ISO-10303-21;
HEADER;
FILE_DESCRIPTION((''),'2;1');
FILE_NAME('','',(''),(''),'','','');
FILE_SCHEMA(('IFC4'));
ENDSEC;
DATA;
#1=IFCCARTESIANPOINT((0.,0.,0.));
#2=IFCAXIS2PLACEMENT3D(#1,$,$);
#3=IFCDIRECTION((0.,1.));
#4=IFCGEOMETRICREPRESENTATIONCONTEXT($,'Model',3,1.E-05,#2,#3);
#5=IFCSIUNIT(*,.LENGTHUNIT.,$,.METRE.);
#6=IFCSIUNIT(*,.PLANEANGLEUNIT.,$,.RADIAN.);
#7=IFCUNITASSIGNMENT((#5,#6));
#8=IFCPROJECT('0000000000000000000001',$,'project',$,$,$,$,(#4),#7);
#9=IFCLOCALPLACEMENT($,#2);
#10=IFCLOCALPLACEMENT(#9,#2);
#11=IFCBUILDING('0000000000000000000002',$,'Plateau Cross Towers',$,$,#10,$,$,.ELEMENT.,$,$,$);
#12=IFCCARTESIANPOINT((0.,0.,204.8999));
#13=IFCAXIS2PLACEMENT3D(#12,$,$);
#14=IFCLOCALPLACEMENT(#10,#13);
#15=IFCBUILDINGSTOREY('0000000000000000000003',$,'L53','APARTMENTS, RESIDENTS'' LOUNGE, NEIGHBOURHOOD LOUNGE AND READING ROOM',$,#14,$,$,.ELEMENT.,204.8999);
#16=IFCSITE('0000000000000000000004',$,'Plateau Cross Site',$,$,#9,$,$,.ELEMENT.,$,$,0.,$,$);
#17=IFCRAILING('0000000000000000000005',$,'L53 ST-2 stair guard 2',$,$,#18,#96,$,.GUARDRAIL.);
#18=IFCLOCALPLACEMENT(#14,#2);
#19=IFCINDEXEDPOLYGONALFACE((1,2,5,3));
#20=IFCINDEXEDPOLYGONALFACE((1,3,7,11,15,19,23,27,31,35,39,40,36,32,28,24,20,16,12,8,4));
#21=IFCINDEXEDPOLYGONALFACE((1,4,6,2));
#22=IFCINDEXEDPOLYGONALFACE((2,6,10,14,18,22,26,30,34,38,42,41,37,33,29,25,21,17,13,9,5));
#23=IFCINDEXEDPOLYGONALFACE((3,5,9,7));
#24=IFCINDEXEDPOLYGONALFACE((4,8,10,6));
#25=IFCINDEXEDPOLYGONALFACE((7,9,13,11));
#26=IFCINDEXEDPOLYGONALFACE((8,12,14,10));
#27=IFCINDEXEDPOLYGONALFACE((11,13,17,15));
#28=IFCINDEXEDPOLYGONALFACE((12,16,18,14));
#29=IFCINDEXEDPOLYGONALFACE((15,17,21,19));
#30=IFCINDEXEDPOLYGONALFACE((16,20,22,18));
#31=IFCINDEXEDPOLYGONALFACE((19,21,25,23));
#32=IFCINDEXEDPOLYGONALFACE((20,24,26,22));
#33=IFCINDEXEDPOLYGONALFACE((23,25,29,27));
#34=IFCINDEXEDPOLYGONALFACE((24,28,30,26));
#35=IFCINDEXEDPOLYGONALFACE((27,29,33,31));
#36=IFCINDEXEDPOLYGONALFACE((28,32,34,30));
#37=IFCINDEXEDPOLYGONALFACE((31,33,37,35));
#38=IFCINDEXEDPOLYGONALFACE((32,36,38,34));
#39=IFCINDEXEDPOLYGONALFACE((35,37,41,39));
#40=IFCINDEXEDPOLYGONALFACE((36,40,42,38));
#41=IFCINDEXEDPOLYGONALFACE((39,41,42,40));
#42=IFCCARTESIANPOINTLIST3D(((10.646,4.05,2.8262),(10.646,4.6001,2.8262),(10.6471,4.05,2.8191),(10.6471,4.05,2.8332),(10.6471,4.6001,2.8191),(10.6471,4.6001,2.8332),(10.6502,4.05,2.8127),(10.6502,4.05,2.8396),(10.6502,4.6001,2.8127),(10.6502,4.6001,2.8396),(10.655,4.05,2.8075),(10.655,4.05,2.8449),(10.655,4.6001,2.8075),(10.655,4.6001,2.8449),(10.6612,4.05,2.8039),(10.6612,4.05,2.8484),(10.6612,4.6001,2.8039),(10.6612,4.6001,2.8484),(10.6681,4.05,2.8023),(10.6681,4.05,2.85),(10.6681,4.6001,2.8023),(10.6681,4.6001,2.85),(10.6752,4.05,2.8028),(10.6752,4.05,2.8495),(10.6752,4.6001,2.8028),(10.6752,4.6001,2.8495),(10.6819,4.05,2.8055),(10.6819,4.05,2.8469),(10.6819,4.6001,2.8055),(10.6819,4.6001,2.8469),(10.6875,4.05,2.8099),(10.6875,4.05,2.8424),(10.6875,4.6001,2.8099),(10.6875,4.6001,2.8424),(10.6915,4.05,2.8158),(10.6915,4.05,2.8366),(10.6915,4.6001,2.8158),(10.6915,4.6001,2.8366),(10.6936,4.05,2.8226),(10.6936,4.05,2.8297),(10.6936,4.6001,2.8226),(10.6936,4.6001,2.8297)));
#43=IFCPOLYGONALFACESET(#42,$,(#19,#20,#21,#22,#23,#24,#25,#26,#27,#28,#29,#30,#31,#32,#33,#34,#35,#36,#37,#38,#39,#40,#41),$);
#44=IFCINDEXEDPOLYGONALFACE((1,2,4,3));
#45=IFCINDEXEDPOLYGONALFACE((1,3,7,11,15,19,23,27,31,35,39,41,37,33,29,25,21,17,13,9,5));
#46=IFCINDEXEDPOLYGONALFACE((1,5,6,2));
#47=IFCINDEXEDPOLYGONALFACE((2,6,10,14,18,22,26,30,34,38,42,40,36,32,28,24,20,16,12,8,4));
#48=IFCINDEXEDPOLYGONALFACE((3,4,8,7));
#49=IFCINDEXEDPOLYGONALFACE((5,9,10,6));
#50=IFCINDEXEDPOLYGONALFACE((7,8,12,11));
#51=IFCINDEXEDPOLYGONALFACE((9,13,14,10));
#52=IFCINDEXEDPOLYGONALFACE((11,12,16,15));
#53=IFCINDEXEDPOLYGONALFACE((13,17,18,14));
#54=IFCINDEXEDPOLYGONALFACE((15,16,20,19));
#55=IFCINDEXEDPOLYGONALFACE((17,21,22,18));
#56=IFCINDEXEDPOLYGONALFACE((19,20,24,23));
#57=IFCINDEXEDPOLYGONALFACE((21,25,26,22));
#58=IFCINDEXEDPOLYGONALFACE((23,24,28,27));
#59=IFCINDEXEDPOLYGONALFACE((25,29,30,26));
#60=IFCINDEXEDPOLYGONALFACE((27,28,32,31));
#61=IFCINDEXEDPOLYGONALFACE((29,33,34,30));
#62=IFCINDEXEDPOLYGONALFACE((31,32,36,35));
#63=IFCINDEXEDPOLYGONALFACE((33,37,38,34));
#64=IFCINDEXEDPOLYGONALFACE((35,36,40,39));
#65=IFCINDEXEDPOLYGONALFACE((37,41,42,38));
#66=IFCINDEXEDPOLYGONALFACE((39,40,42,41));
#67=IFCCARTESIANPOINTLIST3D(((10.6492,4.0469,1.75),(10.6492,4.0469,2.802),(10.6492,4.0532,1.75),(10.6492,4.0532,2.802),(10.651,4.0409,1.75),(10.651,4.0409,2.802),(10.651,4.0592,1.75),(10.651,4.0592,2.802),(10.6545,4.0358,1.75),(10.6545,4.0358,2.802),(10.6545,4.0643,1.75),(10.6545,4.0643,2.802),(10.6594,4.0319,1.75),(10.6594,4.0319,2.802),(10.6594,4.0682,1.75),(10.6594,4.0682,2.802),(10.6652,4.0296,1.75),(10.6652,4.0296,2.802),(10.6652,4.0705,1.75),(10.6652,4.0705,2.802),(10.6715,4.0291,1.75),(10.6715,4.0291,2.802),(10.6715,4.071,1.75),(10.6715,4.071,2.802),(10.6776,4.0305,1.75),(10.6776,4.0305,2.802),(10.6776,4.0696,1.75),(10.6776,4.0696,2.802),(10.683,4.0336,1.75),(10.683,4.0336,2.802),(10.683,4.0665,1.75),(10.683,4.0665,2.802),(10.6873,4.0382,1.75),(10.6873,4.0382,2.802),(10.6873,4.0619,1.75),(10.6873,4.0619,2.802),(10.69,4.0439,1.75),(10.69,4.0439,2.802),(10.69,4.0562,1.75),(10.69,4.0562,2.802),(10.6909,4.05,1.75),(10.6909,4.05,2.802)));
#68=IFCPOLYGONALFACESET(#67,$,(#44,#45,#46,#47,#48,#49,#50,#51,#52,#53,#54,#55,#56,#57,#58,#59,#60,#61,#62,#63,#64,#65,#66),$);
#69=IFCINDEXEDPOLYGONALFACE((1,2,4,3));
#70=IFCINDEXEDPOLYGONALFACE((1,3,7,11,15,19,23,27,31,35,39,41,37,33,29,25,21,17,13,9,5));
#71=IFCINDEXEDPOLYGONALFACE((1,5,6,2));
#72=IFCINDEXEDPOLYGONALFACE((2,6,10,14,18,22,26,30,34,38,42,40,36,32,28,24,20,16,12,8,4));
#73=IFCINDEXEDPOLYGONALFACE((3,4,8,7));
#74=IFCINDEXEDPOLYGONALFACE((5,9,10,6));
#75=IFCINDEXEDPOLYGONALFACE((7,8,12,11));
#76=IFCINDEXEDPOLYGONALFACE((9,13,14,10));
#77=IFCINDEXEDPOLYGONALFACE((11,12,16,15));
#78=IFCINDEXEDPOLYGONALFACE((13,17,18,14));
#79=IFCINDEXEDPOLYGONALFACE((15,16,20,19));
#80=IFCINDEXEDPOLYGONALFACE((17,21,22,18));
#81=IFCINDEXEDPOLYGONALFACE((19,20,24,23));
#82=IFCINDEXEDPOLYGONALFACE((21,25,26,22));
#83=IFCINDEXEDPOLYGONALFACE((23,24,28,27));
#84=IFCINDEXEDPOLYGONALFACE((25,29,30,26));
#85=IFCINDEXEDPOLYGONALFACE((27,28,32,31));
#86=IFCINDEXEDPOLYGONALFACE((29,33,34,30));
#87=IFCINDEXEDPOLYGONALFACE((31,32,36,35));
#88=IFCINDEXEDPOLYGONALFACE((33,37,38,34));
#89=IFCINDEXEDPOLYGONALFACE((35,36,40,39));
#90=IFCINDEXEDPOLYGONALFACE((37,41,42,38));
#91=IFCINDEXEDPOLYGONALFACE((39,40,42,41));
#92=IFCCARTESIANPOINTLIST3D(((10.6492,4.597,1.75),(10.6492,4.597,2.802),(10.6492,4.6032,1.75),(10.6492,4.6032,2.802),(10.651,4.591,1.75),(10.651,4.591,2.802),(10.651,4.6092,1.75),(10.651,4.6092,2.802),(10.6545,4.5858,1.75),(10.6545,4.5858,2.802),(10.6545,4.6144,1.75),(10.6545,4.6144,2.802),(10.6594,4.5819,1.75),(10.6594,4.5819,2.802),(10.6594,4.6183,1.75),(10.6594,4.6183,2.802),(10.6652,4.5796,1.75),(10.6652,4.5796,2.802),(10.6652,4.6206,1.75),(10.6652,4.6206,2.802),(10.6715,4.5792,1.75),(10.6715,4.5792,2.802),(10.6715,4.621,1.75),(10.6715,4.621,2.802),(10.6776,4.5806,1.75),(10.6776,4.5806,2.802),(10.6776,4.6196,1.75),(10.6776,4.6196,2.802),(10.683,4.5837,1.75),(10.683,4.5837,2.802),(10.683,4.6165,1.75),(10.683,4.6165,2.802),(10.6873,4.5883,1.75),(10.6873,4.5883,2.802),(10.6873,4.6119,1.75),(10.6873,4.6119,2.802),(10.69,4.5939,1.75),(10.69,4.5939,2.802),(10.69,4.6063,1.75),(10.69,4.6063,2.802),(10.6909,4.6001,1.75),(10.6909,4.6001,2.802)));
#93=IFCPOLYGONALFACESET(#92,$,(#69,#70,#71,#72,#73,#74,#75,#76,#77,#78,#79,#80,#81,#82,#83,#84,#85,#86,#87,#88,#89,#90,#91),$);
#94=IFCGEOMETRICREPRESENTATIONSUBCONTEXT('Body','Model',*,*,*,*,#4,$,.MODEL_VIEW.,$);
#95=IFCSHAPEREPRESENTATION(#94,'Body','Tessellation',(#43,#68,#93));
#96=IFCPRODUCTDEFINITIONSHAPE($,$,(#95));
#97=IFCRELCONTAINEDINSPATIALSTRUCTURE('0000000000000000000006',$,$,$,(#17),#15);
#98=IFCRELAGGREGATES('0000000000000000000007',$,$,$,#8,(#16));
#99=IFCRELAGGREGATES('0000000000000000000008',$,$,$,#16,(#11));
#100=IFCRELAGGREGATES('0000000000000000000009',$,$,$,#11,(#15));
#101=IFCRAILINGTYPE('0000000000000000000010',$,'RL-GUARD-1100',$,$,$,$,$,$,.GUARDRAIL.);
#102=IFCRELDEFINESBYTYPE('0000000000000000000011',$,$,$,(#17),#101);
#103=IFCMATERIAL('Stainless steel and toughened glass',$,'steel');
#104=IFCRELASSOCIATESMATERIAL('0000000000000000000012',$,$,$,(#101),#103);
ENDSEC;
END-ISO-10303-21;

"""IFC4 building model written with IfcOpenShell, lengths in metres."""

from ifc_helpers import new_model, si_unit, direction, frame, origin, origin_2d, place, context, subcontext, project, spatial, circle, extrude, material, type_object, element, save


model = new_model("IFC4")

# Units and contexts
model_context = context("Model", 3, precision=1e-05, world=origin(), true_north=direction((0.0, 1.0)))
body_context = subcontext(model_context, "Body", "Model", "MODEL_VIEW")
ifc_project = project(units=[si_unit("LENGTHUNIT", "METRE"), si_unit("PLANEANGLEUNIT", "RADIAN")], contexts=[model_context])

# Site, building, storey
site_placement = place(None, origin())
site = spatial("IfcSite", under=ifc_project, at=site_placement, Name="Plateau Cross Site", CompositionType="ELEMENT", RefElevation=0.0)
building_placement = place(site_placement, origin())
building = spatial("IfcBuilding", under=site, at=building_placement, Name="Plateau Cross Towers", CompositionType="ELEMENT")
storey_placement = place(building_placement, frame((0.0, 0.0, 204.8999)))
storey = spatial("IfcBuildingStorey", under=building, at=storey_placement, Name="L53", Description="APARTMENTS, RESIDENTS' LOUNGE, NEIGHBOURHOOD LOUNGE AND READING ROOM", CompositionType="ELEMENT", Elevation=204.8999)

# Railing
ifc_material_1 = material(Name="Stainless steel and toughened glass", Category="steel")
railing_type_1 = type_object("IfcRailingType", Name="RL-GUARD-1100", PredefinedType="GUARDRAIL", material=ifc_material_1)
railing_1_placement = place(storey_placement, frame((10.6699, 4.05, 1.75)))
element("IfcRailing", 1, at=railing_1_placement, inside=storey, type_object=railing_type_1, Name="L53 ST-2 stair guard 2", PredefinedType="GUARDRAIL", context=body_context, shape_type="SweptSolid", body=[
    extrude(circle(Radius=0.0239, at=origin_2d()), frame((0.0, 0.0, 1.0762), z_axis=(0.0, 1.0, 0.0), x_axis=(-1.0, 0.0, 0.0)), (0.0, 0.0, 1.0), 0.55),
    extrude(circle(Radius=0.021, at=origin_2d()), origin(), (0.0, 0.0, 1.0), 1.052),
    extrude(circle(Radius=0.021, at=origin_2d()), frame((0.0, 0.55, 0.0)), (0.0, 0.0, 1.0), 1.052),
])

save(model, "model.ifc")
